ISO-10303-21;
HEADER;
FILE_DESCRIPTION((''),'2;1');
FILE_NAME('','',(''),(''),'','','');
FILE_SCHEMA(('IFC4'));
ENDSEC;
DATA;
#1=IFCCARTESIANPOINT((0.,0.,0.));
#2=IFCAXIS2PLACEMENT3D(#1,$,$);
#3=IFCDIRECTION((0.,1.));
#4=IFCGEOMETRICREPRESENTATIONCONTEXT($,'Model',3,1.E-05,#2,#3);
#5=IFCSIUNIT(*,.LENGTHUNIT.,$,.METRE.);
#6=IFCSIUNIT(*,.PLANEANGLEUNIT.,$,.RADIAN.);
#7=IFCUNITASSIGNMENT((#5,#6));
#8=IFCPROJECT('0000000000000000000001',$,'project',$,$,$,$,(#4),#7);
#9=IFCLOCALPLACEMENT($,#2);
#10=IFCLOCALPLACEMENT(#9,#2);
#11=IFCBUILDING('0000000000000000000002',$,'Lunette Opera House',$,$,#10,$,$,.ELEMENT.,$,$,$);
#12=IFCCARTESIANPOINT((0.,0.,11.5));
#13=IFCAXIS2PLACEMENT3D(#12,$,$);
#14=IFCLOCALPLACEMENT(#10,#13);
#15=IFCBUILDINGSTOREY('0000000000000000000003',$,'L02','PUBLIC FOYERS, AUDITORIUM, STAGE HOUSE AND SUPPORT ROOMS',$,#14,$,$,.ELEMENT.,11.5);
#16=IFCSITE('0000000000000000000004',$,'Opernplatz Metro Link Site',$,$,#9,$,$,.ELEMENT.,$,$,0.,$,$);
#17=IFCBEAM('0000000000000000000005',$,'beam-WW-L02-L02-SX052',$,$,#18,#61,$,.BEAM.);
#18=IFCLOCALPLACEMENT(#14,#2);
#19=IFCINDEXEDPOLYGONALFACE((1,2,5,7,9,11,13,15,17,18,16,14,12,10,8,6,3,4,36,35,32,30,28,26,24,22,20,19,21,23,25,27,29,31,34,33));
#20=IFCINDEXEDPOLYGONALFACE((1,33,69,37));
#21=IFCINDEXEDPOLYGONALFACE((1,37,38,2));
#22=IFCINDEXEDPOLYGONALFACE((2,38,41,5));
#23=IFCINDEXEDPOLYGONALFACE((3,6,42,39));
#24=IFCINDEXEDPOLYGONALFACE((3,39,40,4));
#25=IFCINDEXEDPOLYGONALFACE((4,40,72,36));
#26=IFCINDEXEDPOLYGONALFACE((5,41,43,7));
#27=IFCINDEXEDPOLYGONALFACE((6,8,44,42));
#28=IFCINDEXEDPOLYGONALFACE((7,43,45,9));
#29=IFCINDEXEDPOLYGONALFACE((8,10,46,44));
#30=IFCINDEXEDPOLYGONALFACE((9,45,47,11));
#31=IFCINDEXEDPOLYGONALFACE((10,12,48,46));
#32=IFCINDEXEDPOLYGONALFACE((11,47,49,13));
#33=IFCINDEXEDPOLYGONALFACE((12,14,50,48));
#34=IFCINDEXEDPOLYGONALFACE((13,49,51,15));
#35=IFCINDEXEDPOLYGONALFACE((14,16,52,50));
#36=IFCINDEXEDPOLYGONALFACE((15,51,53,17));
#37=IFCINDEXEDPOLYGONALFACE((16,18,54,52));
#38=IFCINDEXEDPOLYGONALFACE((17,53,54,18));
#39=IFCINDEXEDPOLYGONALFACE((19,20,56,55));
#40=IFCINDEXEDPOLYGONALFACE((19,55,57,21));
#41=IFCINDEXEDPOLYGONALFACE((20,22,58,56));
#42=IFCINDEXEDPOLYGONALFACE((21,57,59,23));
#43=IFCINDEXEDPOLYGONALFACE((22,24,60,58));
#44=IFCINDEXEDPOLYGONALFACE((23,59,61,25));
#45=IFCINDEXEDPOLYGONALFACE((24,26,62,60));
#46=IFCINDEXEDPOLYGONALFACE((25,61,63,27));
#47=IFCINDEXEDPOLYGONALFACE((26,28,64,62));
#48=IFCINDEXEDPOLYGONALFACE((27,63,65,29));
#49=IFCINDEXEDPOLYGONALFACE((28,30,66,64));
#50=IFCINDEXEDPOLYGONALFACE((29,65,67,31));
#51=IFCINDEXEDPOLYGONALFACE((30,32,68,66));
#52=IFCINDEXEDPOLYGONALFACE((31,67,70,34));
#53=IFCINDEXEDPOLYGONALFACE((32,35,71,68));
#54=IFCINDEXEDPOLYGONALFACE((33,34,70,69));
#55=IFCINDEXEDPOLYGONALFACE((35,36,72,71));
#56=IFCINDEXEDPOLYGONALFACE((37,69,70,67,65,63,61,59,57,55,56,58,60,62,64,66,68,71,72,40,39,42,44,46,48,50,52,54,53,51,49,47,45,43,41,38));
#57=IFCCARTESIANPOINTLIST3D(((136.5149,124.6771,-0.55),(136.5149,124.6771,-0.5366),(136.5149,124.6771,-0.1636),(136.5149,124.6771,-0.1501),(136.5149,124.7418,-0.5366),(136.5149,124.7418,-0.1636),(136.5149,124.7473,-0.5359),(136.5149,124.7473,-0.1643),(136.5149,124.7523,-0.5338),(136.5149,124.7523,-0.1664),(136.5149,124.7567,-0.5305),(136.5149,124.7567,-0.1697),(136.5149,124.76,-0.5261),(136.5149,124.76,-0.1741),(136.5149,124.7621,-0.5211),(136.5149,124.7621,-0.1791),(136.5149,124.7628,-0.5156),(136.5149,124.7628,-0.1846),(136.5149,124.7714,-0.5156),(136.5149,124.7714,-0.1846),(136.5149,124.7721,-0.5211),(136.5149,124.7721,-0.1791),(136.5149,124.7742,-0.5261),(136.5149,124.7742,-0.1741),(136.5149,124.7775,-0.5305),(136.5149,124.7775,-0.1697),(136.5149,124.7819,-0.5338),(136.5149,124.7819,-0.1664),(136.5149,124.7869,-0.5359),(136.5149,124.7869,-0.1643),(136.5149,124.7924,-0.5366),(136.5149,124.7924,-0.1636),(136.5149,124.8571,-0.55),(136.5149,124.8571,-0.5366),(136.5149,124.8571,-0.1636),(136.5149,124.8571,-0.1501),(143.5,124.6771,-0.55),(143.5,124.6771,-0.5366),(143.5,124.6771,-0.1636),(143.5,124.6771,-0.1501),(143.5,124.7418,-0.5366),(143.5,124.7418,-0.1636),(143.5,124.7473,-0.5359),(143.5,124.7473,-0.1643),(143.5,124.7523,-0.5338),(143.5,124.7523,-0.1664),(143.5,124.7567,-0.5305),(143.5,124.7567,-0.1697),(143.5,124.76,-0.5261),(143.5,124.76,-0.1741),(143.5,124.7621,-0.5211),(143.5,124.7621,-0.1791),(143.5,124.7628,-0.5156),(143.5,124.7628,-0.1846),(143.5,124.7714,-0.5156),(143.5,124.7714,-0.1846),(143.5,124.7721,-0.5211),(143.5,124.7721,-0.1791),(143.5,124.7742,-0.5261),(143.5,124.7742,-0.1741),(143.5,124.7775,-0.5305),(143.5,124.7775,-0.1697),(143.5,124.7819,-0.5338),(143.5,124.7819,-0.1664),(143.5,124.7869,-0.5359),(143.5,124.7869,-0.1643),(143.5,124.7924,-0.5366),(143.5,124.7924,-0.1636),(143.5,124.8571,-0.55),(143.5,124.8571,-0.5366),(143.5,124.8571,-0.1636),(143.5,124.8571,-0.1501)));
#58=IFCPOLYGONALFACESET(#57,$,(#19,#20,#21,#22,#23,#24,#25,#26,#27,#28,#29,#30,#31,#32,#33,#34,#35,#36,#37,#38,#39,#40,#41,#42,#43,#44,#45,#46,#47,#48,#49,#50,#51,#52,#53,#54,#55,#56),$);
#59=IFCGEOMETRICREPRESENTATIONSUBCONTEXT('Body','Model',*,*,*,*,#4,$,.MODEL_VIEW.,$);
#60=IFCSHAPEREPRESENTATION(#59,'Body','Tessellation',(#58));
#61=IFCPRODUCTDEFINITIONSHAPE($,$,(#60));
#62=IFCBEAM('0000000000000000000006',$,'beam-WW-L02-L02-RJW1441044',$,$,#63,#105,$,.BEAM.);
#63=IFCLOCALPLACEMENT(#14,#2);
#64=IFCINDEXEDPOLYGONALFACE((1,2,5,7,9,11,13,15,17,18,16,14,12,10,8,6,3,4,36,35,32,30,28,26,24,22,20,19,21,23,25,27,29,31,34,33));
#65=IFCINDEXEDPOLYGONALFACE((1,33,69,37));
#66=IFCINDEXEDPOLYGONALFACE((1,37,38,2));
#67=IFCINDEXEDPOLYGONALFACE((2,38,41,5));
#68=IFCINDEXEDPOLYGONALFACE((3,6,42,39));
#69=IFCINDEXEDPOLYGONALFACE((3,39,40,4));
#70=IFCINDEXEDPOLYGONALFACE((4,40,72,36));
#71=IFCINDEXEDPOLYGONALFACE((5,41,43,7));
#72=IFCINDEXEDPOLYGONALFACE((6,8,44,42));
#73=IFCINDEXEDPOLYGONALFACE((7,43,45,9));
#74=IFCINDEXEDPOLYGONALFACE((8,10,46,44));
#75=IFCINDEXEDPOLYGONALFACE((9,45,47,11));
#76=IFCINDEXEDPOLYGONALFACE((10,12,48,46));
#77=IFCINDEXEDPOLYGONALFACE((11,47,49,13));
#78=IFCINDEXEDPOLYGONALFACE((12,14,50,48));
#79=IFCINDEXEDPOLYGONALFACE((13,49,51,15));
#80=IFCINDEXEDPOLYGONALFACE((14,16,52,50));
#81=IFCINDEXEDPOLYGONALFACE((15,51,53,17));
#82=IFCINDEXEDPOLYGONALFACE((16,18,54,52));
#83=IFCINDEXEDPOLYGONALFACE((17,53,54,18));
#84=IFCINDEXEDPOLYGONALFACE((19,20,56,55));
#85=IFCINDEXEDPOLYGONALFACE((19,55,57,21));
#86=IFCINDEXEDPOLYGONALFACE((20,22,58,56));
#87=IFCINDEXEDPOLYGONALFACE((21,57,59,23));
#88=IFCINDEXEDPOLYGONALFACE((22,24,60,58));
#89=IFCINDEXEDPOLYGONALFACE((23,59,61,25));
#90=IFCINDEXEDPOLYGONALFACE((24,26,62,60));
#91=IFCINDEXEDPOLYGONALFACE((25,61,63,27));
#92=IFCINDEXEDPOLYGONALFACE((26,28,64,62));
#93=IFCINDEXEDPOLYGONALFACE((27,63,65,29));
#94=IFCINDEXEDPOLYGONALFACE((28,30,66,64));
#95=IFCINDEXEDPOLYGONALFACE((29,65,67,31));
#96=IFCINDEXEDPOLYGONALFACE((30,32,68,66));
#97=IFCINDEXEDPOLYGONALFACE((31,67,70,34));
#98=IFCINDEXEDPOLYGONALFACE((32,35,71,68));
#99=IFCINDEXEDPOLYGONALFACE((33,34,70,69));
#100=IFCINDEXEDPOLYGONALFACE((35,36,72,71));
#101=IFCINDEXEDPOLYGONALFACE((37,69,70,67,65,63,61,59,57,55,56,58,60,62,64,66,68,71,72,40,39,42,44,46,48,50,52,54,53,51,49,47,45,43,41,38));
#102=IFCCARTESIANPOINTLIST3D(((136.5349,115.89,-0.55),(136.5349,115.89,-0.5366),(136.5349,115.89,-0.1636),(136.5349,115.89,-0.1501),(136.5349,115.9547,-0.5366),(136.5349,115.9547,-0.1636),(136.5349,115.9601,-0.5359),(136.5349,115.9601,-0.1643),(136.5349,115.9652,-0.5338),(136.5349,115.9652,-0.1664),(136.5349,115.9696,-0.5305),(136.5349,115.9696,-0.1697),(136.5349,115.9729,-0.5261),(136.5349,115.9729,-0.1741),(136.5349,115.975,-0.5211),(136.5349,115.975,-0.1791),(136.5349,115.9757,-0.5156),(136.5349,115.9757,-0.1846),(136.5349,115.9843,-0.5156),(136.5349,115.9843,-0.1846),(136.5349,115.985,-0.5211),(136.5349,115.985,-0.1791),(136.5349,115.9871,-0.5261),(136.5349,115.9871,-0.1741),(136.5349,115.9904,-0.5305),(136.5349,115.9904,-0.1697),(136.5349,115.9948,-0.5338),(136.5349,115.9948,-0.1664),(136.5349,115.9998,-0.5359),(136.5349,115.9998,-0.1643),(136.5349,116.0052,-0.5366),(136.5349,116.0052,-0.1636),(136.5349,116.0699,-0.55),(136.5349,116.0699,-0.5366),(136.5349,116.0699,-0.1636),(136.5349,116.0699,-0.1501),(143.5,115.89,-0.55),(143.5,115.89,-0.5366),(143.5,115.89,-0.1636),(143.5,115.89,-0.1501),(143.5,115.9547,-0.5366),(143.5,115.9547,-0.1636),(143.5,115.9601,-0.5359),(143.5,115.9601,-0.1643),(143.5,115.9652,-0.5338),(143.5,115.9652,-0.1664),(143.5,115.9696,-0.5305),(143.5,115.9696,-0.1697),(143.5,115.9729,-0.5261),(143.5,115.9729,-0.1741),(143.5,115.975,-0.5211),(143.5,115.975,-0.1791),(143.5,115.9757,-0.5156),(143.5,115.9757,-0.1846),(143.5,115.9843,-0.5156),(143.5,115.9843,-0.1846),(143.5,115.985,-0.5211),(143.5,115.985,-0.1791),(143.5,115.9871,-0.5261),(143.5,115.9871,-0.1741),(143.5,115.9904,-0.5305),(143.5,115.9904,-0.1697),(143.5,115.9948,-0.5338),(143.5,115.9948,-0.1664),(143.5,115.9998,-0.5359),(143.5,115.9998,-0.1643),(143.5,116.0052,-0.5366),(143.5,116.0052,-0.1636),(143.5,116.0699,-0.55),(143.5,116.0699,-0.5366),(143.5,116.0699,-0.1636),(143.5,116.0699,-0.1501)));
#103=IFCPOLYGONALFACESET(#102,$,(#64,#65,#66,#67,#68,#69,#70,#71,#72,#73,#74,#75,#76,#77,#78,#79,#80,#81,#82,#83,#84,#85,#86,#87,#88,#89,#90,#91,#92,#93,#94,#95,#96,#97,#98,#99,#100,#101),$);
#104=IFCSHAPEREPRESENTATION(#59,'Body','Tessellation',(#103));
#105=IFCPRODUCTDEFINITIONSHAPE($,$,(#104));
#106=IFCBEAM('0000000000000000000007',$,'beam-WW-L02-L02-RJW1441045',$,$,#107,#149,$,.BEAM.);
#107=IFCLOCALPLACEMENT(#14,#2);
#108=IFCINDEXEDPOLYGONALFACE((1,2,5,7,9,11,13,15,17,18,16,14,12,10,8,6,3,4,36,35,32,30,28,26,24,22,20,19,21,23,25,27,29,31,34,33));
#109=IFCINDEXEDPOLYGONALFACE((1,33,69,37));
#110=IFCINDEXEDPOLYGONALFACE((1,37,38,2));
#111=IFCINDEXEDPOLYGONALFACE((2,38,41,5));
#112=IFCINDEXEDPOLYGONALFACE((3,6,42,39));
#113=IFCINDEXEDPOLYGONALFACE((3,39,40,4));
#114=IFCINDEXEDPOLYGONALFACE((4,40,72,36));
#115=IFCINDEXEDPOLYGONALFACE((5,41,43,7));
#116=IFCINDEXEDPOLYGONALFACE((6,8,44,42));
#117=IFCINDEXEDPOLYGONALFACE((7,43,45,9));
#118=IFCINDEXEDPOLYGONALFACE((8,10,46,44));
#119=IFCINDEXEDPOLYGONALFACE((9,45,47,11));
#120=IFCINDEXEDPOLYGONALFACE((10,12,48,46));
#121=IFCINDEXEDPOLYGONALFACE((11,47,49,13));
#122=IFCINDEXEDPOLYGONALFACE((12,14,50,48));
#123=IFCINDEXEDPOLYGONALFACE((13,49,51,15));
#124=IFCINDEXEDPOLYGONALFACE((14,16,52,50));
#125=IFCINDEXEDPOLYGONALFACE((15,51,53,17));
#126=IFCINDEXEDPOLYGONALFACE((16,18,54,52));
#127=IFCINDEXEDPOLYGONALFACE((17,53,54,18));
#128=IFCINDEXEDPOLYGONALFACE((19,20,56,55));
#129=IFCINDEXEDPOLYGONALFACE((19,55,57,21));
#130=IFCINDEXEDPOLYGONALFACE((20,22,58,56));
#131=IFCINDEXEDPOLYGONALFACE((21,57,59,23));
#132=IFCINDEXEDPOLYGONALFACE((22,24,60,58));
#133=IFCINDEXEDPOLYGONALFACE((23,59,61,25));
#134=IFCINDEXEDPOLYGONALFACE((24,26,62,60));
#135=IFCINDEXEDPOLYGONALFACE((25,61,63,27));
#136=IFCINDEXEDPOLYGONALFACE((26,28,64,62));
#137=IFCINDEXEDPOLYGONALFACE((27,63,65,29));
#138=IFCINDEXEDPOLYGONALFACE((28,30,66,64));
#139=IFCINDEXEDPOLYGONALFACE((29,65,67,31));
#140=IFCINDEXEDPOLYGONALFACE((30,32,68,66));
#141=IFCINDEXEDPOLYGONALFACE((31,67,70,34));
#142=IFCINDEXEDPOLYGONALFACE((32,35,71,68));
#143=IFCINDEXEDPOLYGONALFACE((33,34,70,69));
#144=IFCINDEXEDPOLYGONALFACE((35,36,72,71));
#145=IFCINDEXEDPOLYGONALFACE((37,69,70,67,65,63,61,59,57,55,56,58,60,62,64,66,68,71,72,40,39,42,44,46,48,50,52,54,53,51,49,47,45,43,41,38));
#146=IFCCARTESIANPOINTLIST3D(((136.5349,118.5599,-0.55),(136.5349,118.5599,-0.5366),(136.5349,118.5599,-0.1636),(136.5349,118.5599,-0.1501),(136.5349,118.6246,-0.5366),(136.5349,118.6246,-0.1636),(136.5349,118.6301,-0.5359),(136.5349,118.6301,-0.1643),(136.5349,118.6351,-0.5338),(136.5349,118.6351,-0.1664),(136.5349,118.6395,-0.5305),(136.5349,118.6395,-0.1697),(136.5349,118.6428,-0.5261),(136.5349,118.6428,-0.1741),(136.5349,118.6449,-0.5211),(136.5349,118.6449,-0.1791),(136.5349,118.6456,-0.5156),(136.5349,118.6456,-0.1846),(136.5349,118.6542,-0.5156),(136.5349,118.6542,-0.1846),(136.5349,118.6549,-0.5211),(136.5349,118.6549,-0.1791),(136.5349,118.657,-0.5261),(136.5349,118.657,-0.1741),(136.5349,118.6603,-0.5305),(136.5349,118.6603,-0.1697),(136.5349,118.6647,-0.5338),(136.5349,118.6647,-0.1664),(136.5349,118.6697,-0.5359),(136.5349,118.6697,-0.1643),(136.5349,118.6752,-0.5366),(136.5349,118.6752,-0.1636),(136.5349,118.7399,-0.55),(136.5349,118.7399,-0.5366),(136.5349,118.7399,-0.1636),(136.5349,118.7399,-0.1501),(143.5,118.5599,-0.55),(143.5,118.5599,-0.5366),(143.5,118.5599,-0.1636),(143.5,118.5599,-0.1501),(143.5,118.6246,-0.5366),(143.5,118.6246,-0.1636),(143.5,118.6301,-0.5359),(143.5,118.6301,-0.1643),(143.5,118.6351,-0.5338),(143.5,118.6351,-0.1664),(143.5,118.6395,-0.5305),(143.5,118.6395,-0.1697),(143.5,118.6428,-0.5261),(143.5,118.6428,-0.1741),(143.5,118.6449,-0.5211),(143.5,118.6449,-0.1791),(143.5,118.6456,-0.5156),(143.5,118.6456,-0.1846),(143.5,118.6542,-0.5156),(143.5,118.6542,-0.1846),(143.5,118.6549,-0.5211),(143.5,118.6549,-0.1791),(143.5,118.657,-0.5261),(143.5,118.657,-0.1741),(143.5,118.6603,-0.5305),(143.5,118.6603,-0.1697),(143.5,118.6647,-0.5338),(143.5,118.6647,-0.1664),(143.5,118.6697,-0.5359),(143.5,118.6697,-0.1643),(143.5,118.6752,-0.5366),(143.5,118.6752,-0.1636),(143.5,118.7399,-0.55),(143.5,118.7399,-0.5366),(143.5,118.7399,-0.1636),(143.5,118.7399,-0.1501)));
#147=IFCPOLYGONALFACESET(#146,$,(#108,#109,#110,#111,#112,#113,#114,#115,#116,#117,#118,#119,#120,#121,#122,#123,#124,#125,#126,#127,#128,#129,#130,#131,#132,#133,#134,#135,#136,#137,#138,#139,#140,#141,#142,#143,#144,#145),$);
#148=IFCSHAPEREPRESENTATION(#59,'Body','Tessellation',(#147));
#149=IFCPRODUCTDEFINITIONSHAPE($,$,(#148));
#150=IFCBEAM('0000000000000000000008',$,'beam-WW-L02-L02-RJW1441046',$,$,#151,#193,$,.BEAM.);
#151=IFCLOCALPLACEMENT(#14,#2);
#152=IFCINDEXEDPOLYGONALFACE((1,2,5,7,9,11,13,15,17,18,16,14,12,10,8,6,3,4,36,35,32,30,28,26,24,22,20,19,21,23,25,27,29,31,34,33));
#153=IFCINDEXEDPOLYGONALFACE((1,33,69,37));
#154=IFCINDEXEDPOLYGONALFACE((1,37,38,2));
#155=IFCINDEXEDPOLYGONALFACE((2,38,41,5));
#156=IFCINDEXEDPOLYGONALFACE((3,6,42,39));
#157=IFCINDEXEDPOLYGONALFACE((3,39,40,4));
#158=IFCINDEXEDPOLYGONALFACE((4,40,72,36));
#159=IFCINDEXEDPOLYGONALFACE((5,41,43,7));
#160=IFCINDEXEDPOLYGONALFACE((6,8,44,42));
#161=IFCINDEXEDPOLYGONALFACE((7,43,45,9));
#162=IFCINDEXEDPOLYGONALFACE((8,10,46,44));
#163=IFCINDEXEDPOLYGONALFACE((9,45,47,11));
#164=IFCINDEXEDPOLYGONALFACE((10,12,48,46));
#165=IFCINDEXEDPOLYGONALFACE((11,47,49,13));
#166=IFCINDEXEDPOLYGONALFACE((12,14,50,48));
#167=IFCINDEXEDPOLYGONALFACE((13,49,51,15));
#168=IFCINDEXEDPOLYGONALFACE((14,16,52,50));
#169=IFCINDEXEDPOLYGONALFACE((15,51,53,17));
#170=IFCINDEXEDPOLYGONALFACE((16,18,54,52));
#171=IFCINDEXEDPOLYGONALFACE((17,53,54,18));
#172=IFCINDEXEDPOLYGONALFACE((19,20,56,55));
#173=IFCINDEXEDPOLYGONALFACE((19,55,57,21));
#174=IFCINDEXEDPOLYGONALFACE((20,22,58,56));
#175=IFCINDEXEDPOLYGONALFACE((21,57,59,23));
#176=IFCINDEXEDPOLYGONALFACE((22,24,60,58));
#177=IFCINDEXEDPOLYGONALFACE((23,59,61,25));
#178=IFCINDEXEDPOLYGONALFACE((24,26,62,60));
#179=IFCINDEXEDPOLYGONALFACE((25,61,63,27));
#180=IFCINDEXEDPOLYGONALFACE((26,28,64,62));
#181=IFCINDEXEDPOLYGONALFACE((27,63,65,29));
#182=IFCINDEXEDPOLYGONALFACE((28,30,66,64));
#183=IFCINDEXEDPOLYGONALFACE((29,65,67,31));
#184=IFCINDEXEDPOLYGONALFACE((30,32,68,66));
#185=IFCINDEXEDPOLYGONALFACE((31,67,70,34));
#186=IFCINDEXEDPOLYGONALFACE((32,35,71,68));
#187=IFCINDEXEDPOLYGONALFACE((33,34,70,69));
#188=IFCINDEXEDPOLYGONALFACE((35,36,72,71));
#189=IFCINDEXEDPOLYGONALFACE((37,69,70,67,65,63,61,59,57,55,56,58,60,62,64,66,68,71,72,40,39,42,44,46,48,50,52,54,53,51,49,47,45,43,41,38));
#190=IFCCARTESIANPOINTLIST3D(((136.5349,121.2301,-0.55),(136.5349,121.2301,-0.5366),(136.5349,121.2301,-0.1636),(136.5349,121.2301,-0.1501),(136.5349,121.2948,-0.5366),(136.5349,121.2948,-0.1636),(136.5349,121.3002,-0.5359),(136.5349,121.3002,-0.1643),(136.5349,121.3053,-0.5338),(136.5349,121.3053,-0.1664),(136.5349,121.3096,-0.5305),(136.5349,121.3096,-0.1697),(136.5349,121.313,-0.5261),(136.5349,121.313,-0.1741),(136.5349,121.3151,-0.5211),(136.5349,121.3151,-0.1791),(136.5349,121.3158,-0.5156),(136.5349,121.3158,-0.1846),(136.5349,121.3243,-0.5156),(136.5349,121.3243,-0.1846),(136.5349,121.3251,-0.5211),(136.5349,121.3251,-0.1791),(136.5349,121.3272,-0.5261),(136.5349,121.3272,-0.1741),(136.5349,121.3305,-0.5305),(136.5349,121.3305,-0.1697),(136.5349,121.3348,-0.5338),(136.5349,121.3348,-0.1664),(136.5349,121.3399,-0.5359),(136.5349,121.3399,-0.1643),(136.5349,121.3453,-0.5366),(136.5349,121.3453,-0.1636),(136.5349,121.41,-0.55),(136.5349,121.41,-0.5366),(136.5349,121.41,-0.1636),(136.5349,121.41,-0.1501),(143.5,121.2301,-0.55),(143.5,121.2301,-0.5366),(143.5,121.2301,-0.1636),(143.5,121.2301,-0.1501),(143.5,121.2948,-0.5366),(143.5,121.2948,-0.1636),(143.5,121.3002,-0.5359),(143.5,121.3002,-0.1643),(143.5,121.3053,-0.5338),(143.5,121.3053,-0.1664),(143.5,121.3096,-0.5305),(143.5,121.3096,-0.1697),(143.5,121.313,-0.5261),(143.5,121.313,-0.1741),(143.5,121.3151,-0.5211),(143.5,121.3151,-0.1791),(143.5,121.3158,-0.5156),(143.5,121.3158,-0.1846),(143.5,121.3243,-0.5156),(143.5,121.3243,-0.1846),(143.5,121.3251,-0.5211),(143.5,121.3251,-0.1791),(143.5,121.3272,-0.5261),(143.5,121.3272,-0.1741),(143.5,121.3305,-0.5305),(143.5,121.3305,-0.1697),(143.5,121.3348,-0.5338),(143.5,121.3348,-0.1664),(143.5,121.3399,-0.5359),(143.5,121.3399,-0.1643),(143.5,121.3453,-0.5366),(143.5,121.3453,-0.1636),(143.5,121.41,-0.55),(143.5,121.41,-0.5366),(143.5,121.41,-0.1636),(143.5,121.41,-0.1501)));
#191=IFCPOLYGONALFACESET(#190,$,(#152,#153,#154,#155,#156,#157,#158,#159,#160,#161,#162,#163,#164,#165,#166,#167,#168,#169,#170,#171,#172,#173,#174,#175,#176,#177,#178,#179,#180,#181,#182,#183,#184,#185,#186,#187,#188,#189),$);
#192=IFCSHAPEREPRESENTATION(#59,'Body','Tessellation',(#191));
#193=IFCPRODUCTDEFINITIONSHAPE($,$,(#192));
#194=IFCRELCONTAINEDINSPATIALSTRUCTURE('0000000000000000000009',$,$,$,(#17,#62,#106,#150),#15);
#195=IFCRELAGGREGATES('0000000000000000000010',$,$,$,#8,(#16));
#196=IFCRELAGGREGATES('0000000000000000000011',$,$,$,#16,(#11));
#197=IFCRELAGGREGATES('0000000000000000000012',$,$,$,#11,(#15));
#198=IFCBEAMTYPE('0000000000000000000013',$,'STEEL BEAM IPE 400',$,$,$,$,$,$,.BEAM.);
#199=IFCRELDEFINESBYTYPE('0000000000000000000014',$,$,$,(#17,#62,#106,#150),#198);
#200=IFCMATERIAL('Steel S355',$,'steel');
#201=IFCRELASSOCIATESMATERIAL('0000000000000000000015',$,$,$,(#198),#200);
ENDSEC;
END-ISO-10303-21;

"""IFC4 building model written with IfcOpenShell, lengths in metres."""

from ifc_helpers import new_model, si_unit, direction, frame, origin, origin_2d, place, context, subcontext, project, spatial, i_section, extrude, material, material_profile, profile_set, type_object, element, save


model = new_model("IFC4")

# Units and contexts
model_context = context("Model", 3, precision=1e-05, world=origin(), true_north=direction((0.0, 1.0)))
body_context = subcontext(model_context, "Body", "Model", "MODEL_VIEW")
ifc_project = project(units=[si_unit("LENGTHUNIT", "METRE"), si_unit("PLANEANGLEUNIT", "RADIAN")], contexts=[model_context])

# Site, building, storey
site_placement = place(None, origin())
site = spatial("IfcSite", under=ifc_project, at=site_placement, Name="Opernplatz Metro Link Site", CompositionType="ELEMENT", RefElevation=0.0)
building_placement = place(site_placement, origin())
building = spatial("IfcBuilding", under=site, at=building_placement, Name="Lunette Opera House", CompositionType="ELEMENT")
storey_placement = place(building_placement, frame((0.0, 0.0, 11.5)))
storey = spatial("IfcBuildingStorey", under=building, at=storey_placement, Name="L02", Description="PUBLIC FOYERS, AUDITORIUM, STAGE HOUSE AND SUPPORT ROOMS", CompositionType="ELEMENT", Elevation=11.5)

# Beams
ifc_material_1 = material(Name="Steel S355", Category="steel")
ifc_material_profile_1 = material_profile(ifc_material_1, i_section(OverallWidth=0.1799, OverallDepth=0.3999, WebThickness=0.0085, FlangeThickness=0.0134, FilletRadius=0.021, at=origin_2d()), Name="IPE 400")
ifc_profile_set_1 = profile_set([ifc_material_profile_1], Name="Steel S355")
beam_type_1 = type_object("IfcBeamType", Name="STEEL BEAM IPE 400", PredefinedType="BEAM", material=ifc_profile_set_1)
for number, where, z_axis, x_axis, name in (
    (1, (136.5149, 124.7671, -0.3501), (1.0, 0.0, 0.0), (0.0, 1.0, 0.0), "beam-WW-L02-L02-SX052"),
):
    element("IfcBeam", number, at=place(storey_placement, frame(where, z_axis=z_axis, x_axis=x_axis)), inside=storey, type_object=beam_type_1, Name=name, PredefinedType="BEAM", context=body_context, shape_type="SweptSolid", body=[
        extrude(i_section(OverallWidth=0.1799, OverallDepth=0.3999, WebThickness=0.0085, FlangeThickness=0.0134, FilletRadius=0.021, at=origin_2d()), origin(), (0.0, 0.0, 1.0), 6.9851),
    ])
for number, where, z_axis, x_axis, name in (
    (2, (143.5, 115.98, -0.3501), (-1.0, 0.0, 0.0), (0.0, -1.0, 0.0), "beam-WW-L02-L02-RJW1441044"),
    (3, (143.5, 118.6499, -0.3501), (-1.0, 0.0, 0.0), (0.0, -1.0, 0.0), "beam-WW-L02-L02-RJW1441045"),
    (4, (143.5, 121.3201, -0.3501), (-1.0, 0.0, 0.0), (0.0, -1.0, 0.0), "beam-WW-L02-L02-RJW1441046"),
):
    element("IfcBeam", number, at=place(storey_placement, frame(where, z_axis=z_axis, x_axis=x_axis)), inside=storey, type_object=beam_type_1, Name=name, PredefinedType="BEAM", context=body_context, shape_type="SweptSolid", body=[
        extrude(i_section(OverallWidth=0.1799, OverallDepth=0.3999, WebThickness=0.0085, FlangeThickness=0.0134, FilletRadius=0.021, at=origin_2d()), origin(), (0.0, 0.0, 1.0), 6.9651),
    ])

save(model, "model.ifc")
